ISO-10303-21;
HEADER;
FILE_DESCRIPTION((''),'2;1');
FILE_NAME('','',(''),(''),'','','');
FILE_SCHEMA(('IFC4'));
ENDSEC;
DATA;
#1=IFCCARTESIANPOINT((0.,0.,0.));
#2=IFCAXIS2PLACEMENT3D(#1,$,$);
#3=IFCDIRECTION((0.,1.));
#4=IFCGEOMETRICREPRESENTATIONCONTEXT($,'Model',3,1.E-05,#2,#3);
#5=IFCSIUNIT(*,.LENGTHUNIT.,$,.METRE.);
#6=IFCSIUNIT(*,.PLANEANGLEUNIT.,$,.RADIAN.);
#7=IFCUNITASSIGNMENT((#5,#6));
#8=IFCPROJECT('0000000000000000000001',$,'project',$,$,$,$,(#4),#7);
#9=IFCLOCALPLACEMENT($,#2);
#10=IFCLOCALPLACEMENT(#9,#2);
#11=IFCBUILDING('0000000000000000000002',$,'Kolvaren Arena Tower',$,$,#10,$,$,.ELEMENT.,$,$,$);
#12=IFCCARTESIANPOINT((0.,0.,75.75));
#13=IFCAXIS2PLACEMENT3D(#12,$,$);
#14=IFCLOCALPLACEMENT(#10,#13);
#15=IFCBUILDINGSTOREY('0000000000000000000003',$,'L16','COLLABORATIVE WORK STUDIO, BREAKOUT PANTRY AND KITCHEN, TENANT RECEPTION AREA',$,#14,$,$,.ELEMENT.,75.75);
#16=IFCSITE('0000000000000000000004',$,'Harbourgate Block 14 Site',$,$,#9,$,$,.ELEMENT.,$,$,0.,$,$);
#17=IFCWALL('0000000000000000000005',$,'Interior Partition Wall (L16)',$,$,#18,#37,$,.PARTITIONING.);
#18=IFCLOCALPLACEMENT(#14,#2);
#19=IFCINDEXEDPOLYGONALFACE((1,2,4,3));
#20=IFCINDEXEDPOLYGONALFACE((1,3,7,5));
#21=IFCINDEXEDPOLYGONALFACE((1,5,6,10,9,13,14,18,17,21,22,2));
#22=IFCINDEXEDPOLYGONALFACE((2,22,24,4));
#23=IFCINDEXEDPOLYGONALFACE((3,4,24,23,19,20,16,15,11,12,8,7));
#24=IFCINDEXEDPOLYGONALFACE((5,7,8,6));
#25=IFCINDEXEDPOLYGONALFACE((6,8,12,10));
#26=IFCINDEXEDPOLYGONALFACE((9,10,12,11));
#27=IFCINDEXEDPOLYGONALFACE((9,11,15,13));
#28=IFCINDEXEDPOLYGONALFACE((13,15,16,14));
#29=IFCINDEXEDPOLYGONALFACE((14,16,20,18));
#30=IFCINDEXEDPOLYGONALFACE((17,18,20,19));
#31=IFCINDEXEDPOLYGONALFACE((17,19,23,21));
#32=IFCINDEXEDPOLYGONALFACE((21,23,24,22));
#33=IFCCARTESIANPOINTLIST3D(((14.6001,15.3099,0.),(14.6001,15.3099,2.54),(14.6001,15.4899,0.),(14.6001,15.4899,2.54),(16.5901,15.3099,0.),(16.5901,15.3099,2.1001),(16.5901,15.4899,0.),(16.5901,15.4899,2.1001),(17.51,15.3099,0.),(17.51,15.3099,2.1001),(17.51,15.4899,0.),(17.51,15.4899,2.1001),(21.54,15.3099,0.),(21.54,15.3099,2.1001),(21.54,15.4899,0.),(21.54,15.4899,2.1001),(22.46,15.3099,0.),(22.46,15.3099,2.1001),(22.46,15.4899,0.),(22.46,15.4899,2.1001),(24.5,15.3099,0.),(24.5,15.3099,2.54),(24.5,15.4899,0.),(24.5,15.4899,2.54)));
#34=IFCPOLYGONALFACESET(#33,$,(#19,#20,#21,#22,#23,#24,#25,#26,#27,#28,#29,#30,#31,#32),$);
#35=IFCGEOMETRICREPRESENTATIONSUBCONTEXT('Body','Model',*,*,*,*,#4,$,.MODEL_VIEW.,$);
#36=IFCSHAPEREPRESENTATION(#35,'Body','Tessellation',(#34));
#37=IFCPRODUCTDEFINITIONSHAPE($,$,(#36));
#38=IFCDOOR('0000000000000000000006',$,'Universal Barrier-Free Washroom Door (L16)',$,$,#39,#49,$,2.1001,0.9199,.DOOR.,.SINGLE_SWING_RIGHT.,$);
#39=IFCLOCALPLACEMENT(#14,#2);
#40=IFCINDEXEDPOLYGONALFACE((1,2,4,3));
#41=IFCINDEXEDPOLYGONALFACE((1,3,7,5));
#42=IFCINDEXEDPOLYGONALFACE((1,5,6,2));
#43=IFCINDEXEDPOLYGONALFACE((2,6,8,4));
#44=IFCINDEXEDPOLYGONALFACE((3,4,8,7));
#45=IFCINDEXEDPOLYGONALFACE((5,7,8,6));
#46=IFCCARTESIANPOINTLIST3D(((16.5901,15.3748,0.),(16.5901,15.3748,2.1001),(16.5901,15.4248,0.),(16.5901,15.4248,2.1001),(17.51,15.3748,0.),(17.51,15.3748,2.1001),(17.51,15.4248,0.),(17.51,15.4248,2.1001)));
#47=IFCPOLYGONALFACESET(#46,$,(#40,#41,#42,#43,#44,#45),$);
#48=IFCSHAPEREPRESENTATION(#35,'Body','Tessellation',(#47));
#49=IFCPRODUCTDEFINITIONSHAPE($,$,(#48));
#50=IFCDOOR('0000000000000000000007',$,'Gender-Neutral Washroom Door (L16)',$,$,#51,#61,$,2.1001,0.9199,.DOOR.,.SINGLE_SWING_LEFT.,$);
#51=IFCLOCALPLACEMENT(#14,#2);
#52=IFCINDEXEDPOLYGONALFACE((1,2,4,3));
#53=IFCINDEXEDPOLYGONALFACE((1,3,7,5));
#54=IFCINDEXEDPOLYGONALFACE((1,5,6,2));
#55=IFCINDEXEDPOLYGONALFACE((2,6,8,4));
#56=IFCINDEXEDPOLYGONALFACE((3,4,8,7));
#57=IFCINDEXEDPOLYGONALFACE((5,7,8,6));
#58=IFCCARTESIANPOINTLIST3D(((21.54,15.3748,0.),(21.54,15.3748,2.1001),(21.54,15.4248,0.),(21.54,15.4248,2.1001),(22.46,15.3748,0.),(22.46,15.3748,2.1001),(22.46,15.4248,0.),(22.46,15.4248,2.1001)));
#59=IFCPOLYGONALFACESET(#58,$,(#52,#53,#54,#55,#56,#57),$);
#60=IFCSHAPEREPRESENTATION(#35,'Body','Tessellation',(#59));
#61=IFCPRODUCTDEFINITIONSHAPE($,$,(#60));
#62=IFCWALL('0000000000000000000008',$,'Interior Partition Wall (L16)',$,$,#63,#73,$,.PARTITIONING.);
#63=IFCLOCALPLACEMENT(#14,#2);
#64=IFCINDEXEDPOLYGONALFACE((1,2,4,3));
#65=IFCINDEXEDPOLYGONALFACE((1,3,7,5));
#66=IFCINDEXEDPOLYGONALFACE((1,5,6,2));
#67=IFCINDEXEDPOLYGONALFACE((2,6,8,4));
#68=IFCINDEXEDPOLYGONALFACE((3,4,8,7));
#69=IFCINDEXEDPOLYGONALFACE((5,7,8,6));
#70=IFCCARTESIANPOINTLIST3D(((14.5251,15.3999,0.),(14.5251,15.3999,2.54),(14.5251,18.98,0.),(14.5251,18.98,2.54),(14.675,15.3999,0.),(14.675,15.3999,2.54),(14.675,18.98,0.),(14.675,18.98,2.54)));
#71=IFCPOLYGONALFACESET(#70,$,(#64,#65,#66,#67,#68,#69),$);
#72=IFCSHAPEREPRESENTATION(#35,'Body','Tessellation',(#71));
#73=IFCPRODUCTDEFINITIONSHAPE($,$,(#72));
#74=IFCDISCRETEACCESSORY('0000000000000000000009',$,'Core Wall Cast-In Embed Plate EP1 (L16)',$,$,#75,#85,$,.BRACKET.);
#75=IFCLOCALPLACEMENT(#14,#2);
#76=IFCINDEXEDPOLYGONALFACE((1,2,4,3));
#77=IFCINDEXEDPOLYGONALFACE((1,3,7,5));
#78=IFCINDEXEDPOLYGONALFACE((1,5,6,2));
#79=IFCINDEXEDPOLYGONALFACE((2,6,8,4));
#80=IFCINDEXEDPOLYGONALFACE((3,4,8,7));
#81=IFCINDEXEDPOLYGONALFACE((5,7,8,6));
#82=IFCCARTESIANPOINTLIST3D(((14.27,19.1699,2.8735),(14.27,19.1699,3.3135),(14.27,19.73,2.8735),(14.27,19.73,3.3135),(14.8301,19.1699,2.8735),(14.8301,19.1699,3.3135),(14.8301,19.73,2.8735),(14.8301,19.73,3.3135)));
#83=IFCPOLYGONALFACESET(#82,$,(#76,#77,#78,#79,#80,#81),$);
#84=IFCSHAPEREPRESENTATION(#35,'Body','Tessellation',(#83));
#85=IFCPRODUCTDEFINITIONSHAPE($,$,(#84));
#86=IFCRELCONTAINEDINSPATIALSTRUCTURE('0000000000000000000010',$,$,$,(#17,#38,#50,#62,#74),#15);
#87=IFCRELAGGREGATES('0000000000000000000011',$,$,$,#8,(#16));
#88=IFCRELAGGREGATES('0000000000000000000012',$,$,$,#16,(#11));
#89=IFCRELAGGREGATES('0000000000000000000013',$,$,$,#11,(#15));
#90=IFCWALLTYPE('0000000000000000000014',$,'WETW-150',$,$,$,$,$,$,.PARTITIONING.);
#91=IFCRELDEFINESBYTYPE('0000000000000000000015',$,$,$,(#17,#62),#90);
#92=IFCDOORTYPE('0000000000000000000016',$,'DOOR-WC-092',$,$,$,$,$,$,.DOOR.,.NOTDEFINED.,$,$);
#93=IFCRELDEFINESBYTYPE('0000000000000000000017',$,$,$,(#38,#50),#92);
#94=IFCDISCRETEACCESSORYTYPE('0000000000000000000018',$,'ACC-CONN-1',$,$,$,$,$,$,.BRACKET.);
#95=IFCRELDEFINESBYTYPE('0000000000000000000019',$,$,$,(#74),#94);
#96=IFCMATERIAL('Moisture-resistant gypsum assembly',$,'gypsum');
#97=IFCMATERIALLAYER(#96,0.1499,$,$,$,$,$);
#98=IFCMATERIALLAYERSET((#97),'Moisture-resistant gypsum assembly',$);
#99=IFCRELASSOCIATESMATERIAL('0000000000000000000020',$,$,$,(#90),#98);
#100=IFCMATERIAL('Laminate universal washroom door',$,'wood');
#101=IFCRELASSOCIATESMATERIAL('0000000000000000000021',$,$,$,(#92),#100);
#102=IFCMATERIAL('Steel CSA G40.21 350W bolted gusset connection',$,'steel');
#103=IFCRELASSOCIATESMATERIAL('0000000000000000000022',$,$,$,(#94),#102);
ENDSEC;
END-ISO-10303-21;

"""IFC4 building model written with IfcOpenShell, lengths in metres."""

from ifc_helpers import new_model, si_unit, direction, frame, frame_2d, origin, origin_2d, place, context, subcontext, project, spatial, rectangle, extrude, material, layer, layer_set, type_object, element, fill, save


model = new_model("IFC4")

# Units and contexts
model_context = context("Model", 3, precision=1e-05, world=origin(), true_north=direction((0.0, 1.0)))
body_context = subcontext(model_context, "Body", "Model", "MODEL_VIEW")
ifc_project = project(units=[si_unit("LENGTHUNIT", "METRE"), si_unit("PLANEANGLEUNIT", "RADIAN")], contexts=[model_context])

# Site, building, storey
site_placement = place(None, origin())
site = spatial("IfcSite", under=ifc_project, at=site_placement, Name="Harbourgate Block 14 Site", CompositionType="ELEMENT", RefElevation=0.0)
building_placement = place(site_placement, origin())
building = spatial("IfcBuilding", under=site, at=building_placement, Name="Kolvaren Arena Tower", CompositionType="ELEMENT")
storey_placement = place(building_placement, frame((0.0, 0.0, 75.75)))
storey = spatial("IfcBuildingStorey", under=building, at=storey_placement, Name="L16", Description="COLLABORATIVE WORK STUDIO, BREAKOUT PANTRY AND KITCHEN, TENANT RECEPTION AREA", CompositionType="ELEMENT", Elevation=75.75)

# Wall, openings, doors
ifc_material_1 = material(Name="Moisture-resistant gypsum assembly", Category="gypsum")
ifc_layer_1 = layer(ifc_material_1, 0.1499)
ifc_layer_set_1 = layer_set([ifc_layer_1], Name="Moisture-resistant gypsum assembly")
wall_type_1 = type_object("IfcWallType", Name="WETW-150", PredefinedType="PARTITIONING", material=ifc_layer_set_1)
wall_1_placement = place(storey_placement, frame((14.6001, 15.3999, 0.0), z_axis=(0.0, 0.0, 1.0), x_axis=(1.0, 0.0, 0.0)))
wall_1 = element("IfcWall", 1, at=wall_1_placement, inside=storey, type_object=wall_type_1, Name="Interior Partition Wall (L16)", PredefinedType="PARTITIONING", context=body_context, shape_type="SweptSolid", body=[
    extrude(rectangle(XDim=9.8999, YDim=0.1799, at=frame_2d((4.95, 0.0))), origin(), (0.0, 0.0, 1.0), 2.54),
])
opening_1_placement = place(wall_1_placement, frame((1.99, 0.0, 0.0)))
opening_1 = element("IfcOpeningElement", 2, at=opening_1_placement, cuts=wall_1, PredefinedType="OPENING", context=body_context, shape_type="SweptSolid", body=[
    extrude(rectangle(XDim=0.9199, YDim=2.1001, at=frame_2d((0.46, 1.05))), frame((0.0, 0.0999, 0.0), z_axis=(0.0, -1.0, 0.0), x_axis=(1.0, 0.0, 0.0)), (0.0, 0.0, 1.0), 0.2),
])
opening_2_placement = place(wall_1_placement, frame((6.9399, 0.0, 0.0)))
opening_2 = element("IfcOpeningElement", 3, at=opening_2_placement, cuts=wall_1, PredefinedType="OPENING", context=body_context, shape_type="SweptSolid", body=[
    extrude(rectangle(XDim=0.9199, YDim=2.1001, at=frame_2d((0.46, 1.05))), frame((0.0, 0.0999, 0.0), z_axis=(0.0, -1.0, 0.0), x_axis=(1.0, 0.0, 0.0)), (0.0, 0.0, 1.0), 0.2),
])
ifc_material_2 = material(Name="Laminate universal washroom door", Category="wood")
door_type_1 = type_object("IfcDoorType", Name="DOOR-WC-092", OperationType="NOTDEFINED", PredefinedType="DOOR", material=ifc_material_2)
door_1_placement = place(opening_1_placement, origin())
door_1 = element("IfcDoor", 4, at=door_1_placement, inside=storey, type_object=door_type_1, Name="Universal Barrier-Free Washroom Door (L16)", OperationType="SINGLE_SWING_RIGHT", OverallHeight=2.1001, OverallWidth=0.9199, PredefinedType="DOOR", context=body_context, shape_type="SweptSolid", body=[
    extrude(rectangle(XDim=0.9199, YDim=2.1001, at=frame_2d((0.46, 1.05))), frame((0.0, 0.0249, 0.0), z_axis=(0.0, -1.0, 0.0), x_axis=(1.0, 0.0, 0.0)), (0.0, 0.0, 1.0), 0.05),
])
fill(opening_1, door_1)
door_2_placement = place(opening_2_placement, origin())
door_2 = element("IfcDoor", 5, at=door_2_placement, inside=storey, type_object=door_type_1, Name="Gender-Neutral Washroom Door (L16)", OperationType="SINGLE_SWING_LEFT", OverallHeight=2.1001, OverallWidth=0.9199, PredefinedType="DOOR", context=body_context, shape_type="SweptSolid", body=[
    extrude(rectangle(XDim=0.9199, YDim=2.1001, at=frame_2d((0.46, 1.05))), frame((0.0, 0.0249, 0.0), z_axis=(0.0, -1.0, 0.0), x_axis=(1.0, 0.0, 0.0)), (0.0, 0.0, 1.0), 0.05),
])
fill(opening_2, door_2)

# Wall
wall_2_placement = place(storey_placement, frame((14.6001, 15.3999, 0.0), z_axis=(0.0, 0.0, 1.0), x_axis=(0.0, 1.0, 0.0)))
element("IfcWall", 6, at=wall_2_placement, inside=storey, type_object=wall_type_1, Name="Interior Partition Wall (L16)", PredefinedType="PARTITIONING", context=body_context, shape_type="SweptSolid", body=[
    extrude(rectangle(XDim=3.5801, YDim=0.1499, at=frame_2d((1.79, 0.0))), origin(), (0.0, 0.0, 1.0), 2.54),
])

# Discrete accessory
ifc_material_3 = material(Name="Steel CSA G40.21 350W bolted gusset connection", Category="steel")
discrete_accessory_type = type_object("IfcDiscreteAccessoryType", Name="ACC-CONN-1", PredefinedType="BRACKET", material=ifc_material_3)
discrete_accessory_placement = place(storey_placement, frame((14.55, 19.45, 2.8735), z_axis=(0.0, 0.0, 1.0), x_axis=(1.0, 0.0, 0.0)))
element("IfcDiscreteAccessory", 7, at=discrete_accessory_placement, inside=storey, type_object=discrete_accessory_type, Name="Core Wall Cast-In Embed Plate EP1 (L16)", PredefinedType="BRACKET", context=body_context, shape_type="SweptSolid", body=[
    extrude(rectangle(XDim=0.5601, YDim=0.5601, at=origin_2d()), origin(), (0.0, 0.0, 1.0), 0.4399),
])

save(model, "model.ifc")
